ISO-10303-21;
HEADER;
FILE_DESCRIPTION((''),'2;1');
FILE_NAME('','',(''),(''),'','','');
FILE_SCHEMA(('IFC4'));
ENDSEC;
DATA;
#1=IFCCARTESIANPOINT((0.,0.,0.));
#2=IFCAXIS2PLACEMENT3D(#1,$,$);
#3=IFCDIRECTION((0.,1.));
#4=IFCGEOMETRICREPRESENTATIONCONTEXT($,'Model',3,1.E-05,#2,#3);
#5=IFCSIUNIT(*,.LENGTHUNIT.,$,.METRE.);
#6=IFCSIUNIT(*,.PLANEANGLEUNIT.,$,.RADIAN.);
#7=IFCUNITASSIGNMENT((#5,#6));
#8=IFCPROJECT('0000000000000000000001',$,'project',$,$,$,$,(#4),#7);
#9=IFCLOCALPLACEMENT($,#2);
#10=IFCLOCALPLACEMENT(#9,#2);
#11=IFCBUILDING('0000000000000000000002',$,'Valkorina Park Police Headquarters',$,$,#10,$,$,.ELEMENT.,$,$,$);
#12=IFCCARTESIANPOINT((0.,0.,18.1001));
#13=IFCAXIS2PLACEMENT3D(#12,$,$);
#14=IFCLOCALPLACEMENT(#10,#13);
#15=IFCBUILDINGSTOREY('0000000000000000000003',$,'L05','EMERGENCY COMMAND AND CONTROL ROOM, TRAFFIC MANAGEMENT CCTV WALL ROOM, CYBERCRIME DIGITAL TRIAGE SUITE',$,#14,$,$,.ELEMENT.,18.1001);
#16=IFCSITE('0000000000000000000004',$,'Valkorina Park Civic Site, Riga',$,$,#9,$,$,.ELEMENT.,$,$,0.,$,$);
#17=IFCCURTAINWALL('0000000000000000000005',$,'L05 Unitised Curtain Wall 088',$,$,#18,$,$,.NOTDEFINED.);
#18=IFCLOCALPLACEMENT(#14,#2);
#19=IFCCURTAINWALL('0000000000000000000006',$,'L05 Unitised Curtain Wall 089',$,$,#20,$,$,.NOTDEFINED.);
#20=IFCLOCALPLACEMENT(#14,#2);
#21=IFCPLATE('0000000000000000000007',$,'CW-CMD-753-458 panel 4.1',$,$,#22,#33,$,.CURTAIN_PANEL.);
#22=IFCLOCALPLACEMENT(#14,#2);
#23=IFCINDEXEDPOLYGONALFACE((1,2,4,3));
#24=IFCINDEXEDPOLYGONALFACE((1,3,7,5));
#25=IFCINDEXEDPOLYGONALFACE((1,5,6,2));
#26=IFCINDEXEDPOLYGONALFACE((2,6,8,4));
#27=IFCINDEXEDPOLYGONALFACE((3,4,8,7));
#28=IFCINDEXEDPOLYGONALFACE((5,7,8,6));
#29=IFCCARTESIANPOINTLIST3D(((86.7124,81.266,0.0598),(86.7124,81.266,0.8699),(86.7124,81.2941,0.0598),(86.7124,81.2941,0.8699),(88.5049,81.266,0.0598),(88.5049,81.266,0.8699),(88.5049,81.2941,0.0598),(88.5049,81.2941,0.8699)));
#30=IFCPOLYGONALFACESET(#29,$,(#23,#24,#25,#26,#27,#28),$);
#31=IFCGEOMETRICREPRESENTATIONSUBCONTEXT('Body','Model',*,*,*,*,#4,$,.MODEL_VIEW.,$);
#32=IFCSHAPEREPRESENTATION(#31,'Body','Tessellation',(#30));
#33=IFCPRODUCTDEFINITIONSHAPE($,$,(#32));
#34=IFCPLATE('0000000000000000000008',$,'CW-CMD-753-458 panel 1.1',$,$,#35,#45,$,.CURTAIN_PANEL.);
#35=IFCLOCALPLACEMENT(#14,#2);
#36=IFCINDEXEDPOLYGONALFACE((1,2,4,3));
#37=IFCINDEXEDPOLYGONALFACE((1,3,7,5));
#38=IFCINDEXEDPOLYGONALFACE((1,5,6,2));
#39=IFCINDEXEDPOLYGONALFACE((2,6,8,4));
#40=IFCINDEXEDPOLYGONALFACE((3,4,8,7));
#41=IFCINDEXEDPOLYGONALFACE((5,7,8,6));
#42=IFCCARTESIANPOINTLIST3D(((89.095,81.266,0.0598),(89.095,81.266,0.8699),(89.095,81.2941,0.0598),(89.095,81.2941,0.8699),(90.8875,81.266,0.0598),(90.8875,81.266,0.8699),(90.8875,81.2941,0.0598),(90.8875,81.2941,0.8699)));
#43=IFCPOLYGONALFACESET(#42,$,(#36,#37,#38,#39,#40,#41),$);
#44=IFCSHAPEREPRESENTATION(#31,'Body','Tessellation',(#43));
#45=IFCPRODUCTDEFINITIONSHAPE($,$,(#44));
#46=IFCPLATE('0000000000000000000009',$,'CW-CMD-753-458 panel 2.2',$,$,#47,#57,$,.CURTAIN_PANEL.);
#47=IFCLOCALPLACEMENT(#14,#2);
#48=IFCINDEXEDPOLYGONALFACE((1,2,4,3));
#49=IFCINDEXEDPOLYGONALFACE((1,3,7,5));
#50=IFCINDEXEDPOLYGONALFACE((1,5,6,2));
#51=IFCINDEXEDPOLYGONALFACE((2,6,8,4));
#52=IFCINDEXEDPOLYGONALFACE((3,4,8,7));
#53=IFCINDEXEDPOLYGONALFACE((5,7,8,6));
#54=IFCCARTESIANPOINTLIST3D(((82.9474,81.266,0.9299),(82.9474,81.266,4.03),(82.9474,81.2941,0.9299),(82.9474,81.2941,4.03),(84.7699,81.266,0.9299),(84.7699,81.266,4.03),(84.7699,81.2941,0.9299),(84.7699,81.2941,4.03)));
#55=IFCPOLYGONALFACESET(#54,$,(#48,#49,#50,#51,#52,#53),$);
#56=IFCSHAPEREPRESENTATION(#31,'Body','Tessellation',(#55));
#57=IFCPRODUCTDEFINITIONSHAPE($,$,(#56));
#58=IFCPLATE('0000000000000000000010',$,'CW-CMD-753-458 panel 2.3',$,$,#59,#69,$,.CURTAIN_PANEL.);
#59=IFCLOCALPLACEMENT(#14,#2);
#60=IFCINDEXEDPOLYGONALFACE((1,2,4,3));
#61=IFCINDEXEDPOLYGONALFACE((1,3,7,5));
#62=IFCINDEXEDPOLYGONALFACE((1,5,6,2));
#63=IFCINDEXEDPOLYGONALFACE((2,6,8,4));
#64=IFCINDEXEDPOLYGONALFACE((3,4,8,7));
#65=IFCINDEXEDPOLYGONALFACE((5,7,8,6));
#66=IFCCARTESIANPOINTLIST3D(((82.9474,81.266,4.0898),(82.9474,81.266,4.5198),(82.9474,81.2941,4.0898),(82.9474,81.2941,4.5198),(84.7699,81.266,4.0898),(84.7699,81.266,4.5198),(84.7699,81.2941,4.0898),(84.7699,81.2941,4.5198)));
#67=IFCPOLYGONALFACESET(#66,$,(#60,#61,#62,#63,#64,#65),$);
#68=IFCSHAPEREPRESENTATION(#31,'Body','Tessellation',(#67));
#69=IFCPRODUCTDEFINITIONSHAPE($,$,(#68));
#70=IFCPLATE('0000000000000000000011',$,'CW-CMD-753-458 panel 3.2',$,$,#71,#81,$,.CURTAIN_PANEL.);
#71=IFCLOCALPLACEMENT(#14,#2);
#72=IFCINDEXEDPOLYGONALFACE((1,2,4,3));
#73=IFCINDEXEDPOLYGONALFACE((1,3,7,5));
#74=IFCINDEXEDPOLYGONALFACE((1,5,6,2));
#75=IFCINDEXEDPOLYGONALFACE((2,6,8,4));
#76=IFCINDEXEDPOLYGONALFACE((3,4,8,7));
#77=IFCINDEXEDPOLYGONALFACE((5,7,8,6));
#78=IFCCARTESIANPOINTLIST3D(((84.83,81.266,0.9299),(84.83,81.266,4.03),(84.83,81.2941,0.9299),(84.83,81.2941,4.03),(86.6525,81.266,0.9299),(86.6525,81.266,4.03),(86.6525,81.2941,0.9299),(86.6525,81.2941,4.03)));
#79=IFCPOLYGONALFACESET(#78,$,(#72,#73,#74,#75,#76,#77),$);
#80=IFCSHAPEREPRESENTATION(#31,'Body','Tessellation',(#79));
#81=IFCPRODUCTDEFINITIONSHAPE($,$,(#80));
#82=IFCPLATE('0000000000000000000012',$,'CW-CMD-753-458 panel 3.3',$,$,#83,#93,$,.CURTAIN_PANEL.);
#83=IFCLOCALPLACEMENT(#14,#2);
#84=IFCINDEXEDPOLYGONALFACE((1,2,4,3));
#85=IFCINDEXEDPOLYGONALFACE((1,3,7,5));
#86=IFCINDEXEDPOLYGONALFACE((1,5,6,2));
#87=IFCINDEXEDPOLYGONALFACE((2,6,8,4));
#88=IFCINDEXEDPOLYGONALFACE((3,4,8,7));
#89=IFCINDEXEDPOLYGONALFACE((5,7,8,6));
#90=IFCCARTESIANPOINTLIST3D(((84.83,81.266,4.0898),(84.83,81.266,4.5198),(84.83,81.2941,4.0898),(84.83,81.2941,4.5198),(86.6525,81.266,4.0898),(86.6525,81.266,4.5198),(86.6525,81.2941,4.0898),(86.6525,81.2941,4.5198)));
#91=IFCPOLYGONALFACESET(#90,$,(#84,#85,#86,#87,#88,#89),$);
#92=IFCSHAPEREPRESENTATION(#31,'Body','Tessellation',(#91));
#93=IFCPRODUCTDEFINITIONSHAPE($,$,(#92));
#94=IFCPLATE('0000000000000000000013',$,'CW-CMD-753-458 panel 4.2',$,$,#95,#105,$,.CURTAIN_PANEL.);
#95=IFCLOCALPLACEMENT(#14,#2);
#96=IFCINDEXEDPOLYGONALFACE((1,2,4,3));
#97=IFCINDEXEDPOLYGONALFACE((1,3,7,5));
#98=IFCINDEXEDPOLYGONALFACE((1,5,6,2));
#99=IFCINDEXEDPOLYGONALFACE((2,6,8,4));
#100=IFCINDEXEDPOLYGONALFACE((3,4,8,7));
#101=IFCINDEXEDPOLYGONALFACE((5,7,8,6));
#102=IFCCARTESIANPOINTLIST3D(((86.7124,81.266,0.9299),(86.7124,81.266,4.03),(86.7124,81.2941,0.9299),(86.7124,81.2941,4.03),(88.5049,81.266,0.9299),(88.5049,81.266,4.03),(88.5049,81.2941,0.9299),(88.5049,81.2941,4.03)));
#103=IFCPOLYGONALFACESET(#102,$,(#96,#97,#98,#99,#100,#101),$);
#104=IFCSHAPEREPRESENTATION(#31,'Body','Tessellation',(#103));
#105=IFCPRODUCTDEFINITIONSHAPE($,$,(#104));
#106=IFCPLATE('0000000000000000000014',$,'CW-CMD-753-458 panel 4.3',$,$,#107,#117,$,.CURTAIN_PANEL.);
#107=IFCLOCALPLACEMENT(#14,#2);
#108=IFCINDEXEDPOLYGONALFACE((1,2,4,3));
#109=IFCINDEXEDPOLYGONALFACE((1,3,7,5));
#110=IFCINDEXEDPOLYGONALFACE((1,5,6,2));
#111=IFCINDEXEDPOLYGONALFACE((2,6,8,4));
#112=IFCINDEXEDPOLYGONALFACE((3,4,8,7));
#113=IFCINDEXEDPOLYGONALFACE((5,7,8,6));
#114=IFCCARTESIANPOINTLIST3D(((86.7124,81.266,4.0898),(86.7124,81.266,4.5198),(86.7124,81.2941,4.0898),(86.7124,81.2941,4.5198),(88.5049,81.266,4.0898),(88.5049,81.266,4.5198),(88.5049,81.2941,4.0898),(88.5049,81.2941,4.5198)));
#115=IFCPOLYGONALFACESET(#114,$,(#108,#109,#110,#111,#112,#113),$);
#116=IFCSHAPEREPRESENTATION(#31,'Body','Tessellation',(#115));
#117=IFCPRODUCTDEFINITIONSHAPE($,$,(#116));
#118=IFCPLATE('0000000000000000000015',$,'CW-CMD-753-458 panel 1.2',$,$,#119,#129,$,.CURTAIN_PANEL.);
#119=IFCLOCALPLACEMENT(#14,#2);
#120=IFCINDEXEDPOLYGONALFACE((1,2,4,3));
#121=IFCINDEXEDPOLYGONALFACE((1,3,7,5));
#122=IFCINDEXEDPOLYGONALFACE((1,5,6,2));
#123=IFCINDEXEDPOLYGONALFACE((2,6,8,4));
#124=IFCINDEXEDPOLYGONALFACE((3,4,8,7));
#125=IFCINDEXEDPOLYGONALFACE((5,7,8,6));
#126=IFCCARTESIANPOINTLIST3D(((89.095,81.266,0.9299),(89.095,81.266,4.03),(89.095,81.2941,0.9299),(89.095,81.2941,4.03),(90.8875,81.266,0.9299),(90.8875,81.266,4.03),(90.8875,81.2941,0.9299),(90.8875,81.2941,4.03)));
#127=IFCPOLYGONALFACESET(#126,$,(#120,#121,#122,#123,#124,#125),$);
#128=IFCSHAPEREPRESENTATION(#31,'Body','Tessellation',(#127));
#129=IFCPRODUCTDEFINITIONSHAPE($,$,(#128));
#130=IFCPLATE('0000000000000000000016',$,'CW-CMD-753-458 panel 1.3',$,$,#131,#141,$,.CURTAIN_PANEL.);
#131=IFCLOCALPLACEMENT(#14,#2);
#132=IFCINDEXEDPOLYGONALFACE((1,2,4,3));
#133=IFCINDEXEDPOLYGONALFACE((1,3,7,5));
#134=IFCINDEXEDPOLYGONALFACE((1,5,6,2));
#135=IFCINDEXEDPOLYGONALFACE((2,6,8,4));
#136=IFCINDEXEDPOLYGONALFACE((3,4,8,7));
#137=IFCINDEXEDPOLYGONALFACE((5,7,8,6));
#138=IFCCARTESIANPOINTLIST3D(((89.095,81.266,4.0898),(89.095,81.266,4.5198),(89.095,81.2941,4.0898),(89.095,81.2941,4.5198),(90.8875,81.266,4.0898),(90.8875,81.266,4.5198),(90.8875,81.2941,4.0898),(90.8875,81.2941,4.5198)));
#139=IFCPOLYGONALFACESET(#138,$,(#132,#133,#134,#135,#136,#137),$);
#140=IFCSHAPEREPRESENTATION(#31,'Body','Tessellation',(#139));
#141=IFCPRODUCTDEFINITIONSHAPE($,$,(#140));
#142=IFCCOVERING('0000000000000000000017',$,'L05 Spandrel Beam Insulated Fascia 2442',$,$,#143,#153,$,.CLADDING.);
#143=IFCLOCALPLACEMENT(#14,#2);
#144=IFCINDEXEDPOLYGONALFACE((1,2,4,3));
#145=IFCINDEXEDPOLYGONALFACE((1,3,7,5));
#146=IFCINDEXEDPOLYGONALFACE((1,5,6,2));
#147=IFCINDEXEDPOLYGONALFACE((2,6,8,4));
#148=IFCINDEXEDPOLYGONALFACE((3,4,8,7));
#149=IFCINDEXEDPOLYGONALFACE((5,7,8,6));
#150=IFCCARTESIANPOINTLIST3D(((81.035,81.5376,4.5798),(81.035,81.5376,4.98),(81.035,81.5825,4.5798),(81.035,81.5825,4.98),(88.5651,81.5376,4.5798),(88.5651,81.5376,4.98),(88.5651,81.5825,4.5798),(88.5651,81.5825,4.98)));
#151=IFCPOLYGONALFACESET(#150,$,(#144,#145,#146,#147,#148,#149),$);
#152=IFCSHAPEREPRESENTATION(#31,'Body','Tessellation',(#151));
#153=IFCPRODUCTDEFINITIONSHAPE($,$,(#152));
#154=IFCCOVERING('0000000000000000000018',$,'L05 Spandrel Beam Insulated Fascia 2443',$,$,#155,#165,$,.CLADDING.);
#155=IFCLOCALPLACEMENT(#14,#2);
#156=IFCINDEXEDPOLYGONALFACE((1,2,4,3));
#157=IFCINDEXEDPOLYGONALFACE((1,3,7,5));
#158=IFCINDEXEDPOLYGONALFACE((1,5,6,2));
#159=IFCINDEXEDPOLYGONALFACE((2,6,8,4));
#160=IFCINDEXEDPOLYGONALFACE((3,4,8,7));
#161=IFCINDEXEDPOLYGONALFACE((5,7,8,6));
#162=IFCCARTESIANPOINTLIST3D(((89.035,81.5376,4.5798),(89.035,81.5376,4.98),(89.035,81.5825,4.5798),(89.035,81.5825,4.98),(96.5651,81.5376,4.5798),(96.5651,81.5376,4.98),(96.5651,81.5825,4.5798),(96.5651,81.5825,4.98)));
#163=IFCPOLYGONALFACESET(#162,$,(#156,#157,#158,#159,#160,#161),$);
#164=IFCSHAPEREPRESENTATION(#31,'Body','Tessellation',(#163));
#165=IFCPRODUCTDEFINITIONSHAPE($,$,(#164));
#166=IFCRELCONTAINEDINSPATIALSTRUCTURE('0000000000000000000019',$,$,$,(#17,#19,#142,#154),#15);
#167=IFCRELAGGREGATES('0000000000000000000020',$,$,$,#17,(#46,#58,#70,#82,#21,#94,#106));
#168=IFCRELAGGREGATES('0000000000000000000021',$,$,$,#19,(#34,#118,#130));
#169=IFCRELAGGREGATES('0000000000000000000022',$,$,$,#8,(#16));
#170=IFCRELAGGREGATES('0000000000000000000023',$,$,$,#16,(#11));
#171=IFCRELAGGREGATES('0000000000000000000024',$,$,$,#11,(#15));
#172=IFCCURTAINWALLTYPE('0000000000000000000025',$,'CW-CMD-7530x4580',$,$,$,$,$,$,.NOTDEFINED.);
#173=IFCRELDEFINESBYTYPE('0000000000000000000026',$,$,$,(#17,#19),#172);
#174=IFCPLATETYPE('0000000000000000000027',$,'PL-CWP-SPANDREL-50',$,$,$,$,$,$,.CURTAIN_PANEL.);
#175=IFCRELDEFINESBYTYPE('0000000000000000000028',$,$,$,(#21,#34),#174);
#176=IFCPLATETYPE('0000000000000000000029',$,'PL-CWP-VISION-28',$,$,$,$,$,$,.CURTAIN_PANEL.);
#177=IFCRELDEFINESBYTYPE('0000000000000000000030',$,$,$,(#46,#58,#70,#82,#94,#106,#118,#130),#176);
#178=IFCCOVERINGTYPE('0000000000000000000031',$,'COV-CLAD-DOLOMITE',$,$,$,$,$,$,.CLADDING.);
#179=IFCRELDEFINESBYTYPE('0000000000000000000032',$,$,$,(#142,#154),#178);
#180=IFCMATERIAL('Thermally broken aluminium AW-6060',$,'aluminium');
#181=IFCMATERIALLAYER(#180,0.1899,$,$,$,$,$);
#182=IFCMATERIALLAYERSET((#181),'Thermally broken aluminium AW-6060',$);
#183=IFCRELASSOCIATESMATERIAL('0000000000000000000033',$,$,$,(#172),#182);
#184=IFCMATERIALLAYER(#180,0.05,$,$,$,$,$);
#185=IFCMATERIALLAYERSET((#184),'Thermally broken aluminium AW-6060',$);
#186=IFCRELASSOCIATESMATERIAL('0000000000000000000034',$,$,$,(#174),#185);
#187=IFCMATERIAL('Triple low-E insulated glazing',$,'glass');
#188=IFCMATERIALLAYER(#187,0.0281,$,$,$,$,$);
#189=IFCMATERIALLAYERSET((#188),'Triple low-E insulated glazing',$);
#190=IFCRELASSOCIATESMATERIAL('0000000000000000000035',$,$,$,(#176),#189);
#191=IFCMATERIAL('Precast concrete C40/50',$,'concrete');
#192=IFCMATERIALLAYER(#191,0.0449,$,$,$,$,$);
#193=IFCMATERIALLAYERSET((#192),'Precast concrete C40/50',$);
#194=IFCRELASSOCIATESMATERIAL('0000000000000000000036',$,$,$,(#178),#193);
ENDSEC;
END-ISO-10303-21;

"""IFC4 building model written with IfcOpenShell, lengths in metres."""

from ifc_helpers import new_model, si_unit, direction, frame, frame_2d, origin, origin_2d, place, context, subcontext, project, spatial, rectangle, extrude, material, layer, layer_set, type_object, element, aggregate, save


model = new_model("IFC4")

# Units and contexts
model_context = context("Model", 3, precision=1e-05, world=origin(), true_north=direction((0.0, 1.0)))
body_context = subcontext(model_context, "Body", "Model", "MODEL_VIEW")
ifc_project = project(units=[si_unit("LENGTHUNIT", "METRE"), si_unit("PLANEANGLEUNIT", "RADIAN")], contexts=[model_context])

# Site, building, storey
site_placement = place(None, origin())
site = spatial("IfcSite", under=ifc_project, at=site_placement, Name="Valkorina Park Civic Site, Riga", CompositionType="ELEMENT", RefElevation=0.0)
building_placement = place(site_placement, origin())
building = spatial("IfcBuilding", under=site, at=building_placement, Name="Valkorina Park Police Headquarters", CompositionType="ELEMENT")
storey_placement = place(building_placement, frame((0.0, 0.0, 18.1001)))
storey = spatial("IfcBuildingStorey", under=building, at=storey_placement, Name="L05", Description="EMERGENCY COMMAND AND CONTROL ROOM, TRAFFIC MANAGEMENT CCTV WALL ROOM, CYBERCRIME DIGITAL TRIAGE SUITE", CompositionType="ELEMENT", Elevation=18.1001)

# Curtain walls
ifc_material_1 = material(Name="Thermally broken aluminium AW-6060", Category="aluminium")
ifc_layer_1 = layer(ifc_material_1, 0.1899)
ifc_layer_set_1 = layer_set([ifc_layer_1], Name="Thermally broken aluminium AW-6060")
curtain_wall_type = type_object("IfcCurtainWallType", Name="CW-CMD-7530x4580", PredefinedType="NOTDEFINED", material=ifc_layer_set_1)
curtain_wall_1_placement = place(storey_placement, origin())
curtain_wall_1 = element("IfcCurtainWall", 1, at=curtain_wall_1_placement, inside=storey, type_object=curtain_wall_type, Name="L05 Unitised Curtain Wall 088", PredefinedType="NOTDEFINED")
curtain_wall_2_placement = place(storey_placement, origin())
curtain_wall_2 = element("IfcCurtainWall", 2, at=curtain_wall_2_placement, inside=storey, type_object=curtain_wall_type, Name="L05 Unitised Curtain Wall 089", PredefinedType="NOTDEFINED")

# Plates
ifc_layer_2 = layer(ifc_material_1, 0.05)
ifc_layer_set_2 = layer_set([ifc_layer_2], Name="Thermally broken aluminium AW-6060")
plate_type_1 = type_object("IfcPlateType", Name="PL-CWP-SPANDREL-50", PredefinedType="CURTAIN_PANEL", material=ifc_layer_set_2)
plate_1_placement = place(storey_placement, frame((87.6086, 81.28, 0.0598), z_axis=(0.0, 0.0, 1.0), x_axis=(1.0, 0.0, 0.0)))
plate_1 = element("IfcPlate", 3, at=plate_1_placement, type_object=plate_type_1, Name="CW-CMD-753-458 panel 4.1", PredefinedType="CURTAIN_PANEL", context=body_context, shape_type="SweptSolid", body=[
    extrude(rectangle(XDim=1.7925, YDim=0.0281, at=origin_2d()), origin(), (0.0, 0.0, 1.0), 0.8101),
])
plate_2_placement = place(storey_placement, frame((89.9912, 81.28, 0.0598), z_axis=(0.0, 0.0, 1.0), x_axis=(1.0, 0.0, 0.0)))
plate_2 = element("IfcPlate", 4, at=plate_2_placement, type_object=plate_type_1, Name="CW-CMD-753-458 panel 1.1", PredefinedType="CURTAIN_PANEL", context=body_context, shape_type="SweptSolid", body=[
    extrude(rectangle(XDim=1.7925, YDim=0.0281, at=origin_2d()), origin(), (0.0, 0.0, 1.0), 0.8101),
])
ifc_material_2 = material(Name="Triple low-E insulated glazing", Category="glass")
ifc_layer_3 = layer(ifc_material_2, 0.0281)
ifc_layer_set_3 = layer_set([ifc_layer_3], Name="Triple low-E insulated glazing")
plate_type_2 = type_object("IfcPlateType", Name="PL-CWP-VISION-28", PredefinedType="CURTAIN_PANEL", material=ifc_layer_set_3)
plate_3_placement = place(storey_placement, frame((83.8586, 81.28, 0.9299), z_axis=(0.0, 0.0, 1.0), x_axis=(1.0, 0.0, 0.0)))
plate_3 = element("IfcPlate", 5, at=plate_3_placement, type_object=plate_type_2, Name="CW-CMD-753-458 panel 2.2", PredefinedType="CURTAIN_PANEL", context=body_context, shape_type="SweptSolid", body=[
    extrude(rectangle(XDim=1.8225, YDim=0.0281, at=origin_2d()), origin(), (0.0, 0.0, 1.0), 3.1001),
])
plate_4_placement = place(storey_placement, frame((83.8586, 81.28, 4.0898), z_axis=(0.0, 0.0, 1.0), x_axis=(1.0, 0.0, 0.0)))
plate_4 = element("IfcPlate", 6, at=plate_4_placement, type_object=plate_type_2, Name="CW-CMD-753-458 panel 2.3", PredefinedType="CURTAIN_PANEL", context=body_context, shape_type="SweptSolid", body=[
    extrude(rectangle(XDim=1.8225, YDim=0.0281, at=origin_2d()), origin(), (0.0, 0.0, 1.0), 0.4299),
])
plate_5_placement = place(storey_placement, frame((85.7412, 81.28, 0.9299), z_axis=(0.0, 0.0, 1.0), x_axis=(1.0, 0.0, 0.0)))
plate_5 = element("IfcPlate", 7, at=plate_5_placement, type_object=plate_type_2, Name="CW-CMD-753-458 panel 3.2", PredefinedType="CURTAIN_PANEL", context=body_context, shape_type="SweptSolid", body=[
    extrude(rectangle(XDim=1.8225, YDim=0.0281, at=origin_2d()), origin(), (0.0, 0.0, 1.0), 3.1001),
])
plate_6_placement = place(storey_placement, frame((85.7412, 81.28, 4.0898), z_axis=(0.0, 0.0, 1.0), x_axis=(1.0, 0.0, 0.0)))
plate_6 = element("IfcPlate", 8, at=plate_6_placement, type_object=plate_type_2, Name="CW-CMD-753-458 panel 3.3", PredefinedType="CURTAIN_PANEL", context=body_context, shape_type="SweptSolid", body=[
    extrude(rectangle(XDim=1.8225, YDim=0.0281, at=origin_2d()), origin(), (0.0, 0.0, 1.0), 0.4299),
])
plate_7_placement = place(storey_placement, frame((87.6086, 81.28, 0.9299), z_axis=(0.0, 0.0, 1.0), x_axis=(1.0, 0.0, 0.0)))
plate_7 = element("IfcPlate", 9, at=plate_7_placement, type_object=plate_type_2, Name="CW-CMD-753-458 panel 4.2", PredefinedType="CURTAIN_PANEL", context=body_context, shape_type="SweptSolid", body=[
    extrude(rectangle(XDim=1.7925, YDim=0.0281, at=origin_2d()), origin(), (0.0, 0.0, 1.0), 3.1001),
])
plate_8_placement = place(storey_placement, frame((87.6086, 81.28, 4.0898), z_axis=(0.0, 0.0, 1.0), x_axis=(1.0, 0.0, 0.0)))
plate_8 = element("IfcPlate", 10, at=plate_8_placement, type_object=plate_type_2, Name="CW-CMD-753-458 panel 4.3", PredefinedType="CURTAIN_PANEL", context=body_context, shape_type="SweptSolid", body=[
    extrude(rectangle(XDim=1.7925, YDim=0.0281, at=origin_2d()), origin(), (0.0, 0.0, 1.0), 0.4299),
])
aggregate(curtain_wall_1, [plate_3, plate_4, plate_5, plate_6, plate_1, plate_7, plate_8])
plate_9_placement = place(storey_placement, frame((89.9912, 81.28, 0.9299), z_axis=(0.0, 0.0, 1.0), x_axis=(1.0, 0.0, 0.0)))
plate_9 = element("IfcPlate", 11, at=plate_9_placement, type_object=plate_type_2, Name="CW-CMD-753-458 panel 1.2", PredefinedType="CURTAIN_PANEL", context=body_context, shape_type="SweptSolid", body=[
    extrude(rectangle(XDim=1.7925, YDim=0.0281, at=origin_2d()), origin(), (0.0, 0.0, 1.0), 3.1001),
])
plate_10_placement = place(storey_placement, frame((89.9912, 81.28, 4.0898), z_axis=(0.0, 0.0, 1.0), x_axis=(1.0, 0.0, 0.0)))
plate_10 = element("IfcPlate", 12, at=plate_10_placement, type_object=plate_type_2, Name="CW-CMD-753-458 panel 1.3", PredefinedType="CURTAIN_PANEL", context=body_context, shape_type="SweptSolid", body=[
    extrude(rectangle(XDim=1.7925, YDim=0.0281, at=origin_2d()), origin(), (0.0, 0.0, 1.0), 0.4299),
])
aggregate(curtain_wall_2, [plate_2, plate_9, plate_10])

# Coverings
ifc_material_3 = material(Name="Precast concrete C40/50", Category="concrete")
ifc_layer_4 = layer(ifc_material_3, 0.0449)
ifc_layer_set_4 = layer_set([ifc_layer_4], Name="Precast concrete C40/50")
covering_type = type_object("IfcCoveringType", Name="COV-CLAD-DOLOMITE", PredefinedType="CLADDING", material=ifc_layer_set_4)
for number, where, z_axis, x_axis, name in (
    (13, (81.0349, 81.5601, 4.5798), (0.0, 0.0, 1.0), (1.0, 0.0, 0.0), "L05 Spandrel Beam Insulated Fascia 2442"),
    (14, (89.0349, 81.5601, 4.5798), (0.0, 0.0, 1.0), (1.0, 0.0, 0.0), "L05 Spandrel Beam Insulated Fascia 2443"),
):
    element("IfcCovering", number, at=place(storey_placement, frame(where, z_axis=z_axis, x_axis=x_axis)), inside=storey, type_object=covering_type, Name=name, PredefinedType="CLADDING", context=body_context, shape_type="SweptSolid", body=[
        extrude(rectangle(XDim=7.53, YDim=0.0449, at=frame_2d((3.7651, 0.0))), origin(), (0.0, 0.0, 1.0), 0.4001),
    ])

save(model, "model.ifc")
